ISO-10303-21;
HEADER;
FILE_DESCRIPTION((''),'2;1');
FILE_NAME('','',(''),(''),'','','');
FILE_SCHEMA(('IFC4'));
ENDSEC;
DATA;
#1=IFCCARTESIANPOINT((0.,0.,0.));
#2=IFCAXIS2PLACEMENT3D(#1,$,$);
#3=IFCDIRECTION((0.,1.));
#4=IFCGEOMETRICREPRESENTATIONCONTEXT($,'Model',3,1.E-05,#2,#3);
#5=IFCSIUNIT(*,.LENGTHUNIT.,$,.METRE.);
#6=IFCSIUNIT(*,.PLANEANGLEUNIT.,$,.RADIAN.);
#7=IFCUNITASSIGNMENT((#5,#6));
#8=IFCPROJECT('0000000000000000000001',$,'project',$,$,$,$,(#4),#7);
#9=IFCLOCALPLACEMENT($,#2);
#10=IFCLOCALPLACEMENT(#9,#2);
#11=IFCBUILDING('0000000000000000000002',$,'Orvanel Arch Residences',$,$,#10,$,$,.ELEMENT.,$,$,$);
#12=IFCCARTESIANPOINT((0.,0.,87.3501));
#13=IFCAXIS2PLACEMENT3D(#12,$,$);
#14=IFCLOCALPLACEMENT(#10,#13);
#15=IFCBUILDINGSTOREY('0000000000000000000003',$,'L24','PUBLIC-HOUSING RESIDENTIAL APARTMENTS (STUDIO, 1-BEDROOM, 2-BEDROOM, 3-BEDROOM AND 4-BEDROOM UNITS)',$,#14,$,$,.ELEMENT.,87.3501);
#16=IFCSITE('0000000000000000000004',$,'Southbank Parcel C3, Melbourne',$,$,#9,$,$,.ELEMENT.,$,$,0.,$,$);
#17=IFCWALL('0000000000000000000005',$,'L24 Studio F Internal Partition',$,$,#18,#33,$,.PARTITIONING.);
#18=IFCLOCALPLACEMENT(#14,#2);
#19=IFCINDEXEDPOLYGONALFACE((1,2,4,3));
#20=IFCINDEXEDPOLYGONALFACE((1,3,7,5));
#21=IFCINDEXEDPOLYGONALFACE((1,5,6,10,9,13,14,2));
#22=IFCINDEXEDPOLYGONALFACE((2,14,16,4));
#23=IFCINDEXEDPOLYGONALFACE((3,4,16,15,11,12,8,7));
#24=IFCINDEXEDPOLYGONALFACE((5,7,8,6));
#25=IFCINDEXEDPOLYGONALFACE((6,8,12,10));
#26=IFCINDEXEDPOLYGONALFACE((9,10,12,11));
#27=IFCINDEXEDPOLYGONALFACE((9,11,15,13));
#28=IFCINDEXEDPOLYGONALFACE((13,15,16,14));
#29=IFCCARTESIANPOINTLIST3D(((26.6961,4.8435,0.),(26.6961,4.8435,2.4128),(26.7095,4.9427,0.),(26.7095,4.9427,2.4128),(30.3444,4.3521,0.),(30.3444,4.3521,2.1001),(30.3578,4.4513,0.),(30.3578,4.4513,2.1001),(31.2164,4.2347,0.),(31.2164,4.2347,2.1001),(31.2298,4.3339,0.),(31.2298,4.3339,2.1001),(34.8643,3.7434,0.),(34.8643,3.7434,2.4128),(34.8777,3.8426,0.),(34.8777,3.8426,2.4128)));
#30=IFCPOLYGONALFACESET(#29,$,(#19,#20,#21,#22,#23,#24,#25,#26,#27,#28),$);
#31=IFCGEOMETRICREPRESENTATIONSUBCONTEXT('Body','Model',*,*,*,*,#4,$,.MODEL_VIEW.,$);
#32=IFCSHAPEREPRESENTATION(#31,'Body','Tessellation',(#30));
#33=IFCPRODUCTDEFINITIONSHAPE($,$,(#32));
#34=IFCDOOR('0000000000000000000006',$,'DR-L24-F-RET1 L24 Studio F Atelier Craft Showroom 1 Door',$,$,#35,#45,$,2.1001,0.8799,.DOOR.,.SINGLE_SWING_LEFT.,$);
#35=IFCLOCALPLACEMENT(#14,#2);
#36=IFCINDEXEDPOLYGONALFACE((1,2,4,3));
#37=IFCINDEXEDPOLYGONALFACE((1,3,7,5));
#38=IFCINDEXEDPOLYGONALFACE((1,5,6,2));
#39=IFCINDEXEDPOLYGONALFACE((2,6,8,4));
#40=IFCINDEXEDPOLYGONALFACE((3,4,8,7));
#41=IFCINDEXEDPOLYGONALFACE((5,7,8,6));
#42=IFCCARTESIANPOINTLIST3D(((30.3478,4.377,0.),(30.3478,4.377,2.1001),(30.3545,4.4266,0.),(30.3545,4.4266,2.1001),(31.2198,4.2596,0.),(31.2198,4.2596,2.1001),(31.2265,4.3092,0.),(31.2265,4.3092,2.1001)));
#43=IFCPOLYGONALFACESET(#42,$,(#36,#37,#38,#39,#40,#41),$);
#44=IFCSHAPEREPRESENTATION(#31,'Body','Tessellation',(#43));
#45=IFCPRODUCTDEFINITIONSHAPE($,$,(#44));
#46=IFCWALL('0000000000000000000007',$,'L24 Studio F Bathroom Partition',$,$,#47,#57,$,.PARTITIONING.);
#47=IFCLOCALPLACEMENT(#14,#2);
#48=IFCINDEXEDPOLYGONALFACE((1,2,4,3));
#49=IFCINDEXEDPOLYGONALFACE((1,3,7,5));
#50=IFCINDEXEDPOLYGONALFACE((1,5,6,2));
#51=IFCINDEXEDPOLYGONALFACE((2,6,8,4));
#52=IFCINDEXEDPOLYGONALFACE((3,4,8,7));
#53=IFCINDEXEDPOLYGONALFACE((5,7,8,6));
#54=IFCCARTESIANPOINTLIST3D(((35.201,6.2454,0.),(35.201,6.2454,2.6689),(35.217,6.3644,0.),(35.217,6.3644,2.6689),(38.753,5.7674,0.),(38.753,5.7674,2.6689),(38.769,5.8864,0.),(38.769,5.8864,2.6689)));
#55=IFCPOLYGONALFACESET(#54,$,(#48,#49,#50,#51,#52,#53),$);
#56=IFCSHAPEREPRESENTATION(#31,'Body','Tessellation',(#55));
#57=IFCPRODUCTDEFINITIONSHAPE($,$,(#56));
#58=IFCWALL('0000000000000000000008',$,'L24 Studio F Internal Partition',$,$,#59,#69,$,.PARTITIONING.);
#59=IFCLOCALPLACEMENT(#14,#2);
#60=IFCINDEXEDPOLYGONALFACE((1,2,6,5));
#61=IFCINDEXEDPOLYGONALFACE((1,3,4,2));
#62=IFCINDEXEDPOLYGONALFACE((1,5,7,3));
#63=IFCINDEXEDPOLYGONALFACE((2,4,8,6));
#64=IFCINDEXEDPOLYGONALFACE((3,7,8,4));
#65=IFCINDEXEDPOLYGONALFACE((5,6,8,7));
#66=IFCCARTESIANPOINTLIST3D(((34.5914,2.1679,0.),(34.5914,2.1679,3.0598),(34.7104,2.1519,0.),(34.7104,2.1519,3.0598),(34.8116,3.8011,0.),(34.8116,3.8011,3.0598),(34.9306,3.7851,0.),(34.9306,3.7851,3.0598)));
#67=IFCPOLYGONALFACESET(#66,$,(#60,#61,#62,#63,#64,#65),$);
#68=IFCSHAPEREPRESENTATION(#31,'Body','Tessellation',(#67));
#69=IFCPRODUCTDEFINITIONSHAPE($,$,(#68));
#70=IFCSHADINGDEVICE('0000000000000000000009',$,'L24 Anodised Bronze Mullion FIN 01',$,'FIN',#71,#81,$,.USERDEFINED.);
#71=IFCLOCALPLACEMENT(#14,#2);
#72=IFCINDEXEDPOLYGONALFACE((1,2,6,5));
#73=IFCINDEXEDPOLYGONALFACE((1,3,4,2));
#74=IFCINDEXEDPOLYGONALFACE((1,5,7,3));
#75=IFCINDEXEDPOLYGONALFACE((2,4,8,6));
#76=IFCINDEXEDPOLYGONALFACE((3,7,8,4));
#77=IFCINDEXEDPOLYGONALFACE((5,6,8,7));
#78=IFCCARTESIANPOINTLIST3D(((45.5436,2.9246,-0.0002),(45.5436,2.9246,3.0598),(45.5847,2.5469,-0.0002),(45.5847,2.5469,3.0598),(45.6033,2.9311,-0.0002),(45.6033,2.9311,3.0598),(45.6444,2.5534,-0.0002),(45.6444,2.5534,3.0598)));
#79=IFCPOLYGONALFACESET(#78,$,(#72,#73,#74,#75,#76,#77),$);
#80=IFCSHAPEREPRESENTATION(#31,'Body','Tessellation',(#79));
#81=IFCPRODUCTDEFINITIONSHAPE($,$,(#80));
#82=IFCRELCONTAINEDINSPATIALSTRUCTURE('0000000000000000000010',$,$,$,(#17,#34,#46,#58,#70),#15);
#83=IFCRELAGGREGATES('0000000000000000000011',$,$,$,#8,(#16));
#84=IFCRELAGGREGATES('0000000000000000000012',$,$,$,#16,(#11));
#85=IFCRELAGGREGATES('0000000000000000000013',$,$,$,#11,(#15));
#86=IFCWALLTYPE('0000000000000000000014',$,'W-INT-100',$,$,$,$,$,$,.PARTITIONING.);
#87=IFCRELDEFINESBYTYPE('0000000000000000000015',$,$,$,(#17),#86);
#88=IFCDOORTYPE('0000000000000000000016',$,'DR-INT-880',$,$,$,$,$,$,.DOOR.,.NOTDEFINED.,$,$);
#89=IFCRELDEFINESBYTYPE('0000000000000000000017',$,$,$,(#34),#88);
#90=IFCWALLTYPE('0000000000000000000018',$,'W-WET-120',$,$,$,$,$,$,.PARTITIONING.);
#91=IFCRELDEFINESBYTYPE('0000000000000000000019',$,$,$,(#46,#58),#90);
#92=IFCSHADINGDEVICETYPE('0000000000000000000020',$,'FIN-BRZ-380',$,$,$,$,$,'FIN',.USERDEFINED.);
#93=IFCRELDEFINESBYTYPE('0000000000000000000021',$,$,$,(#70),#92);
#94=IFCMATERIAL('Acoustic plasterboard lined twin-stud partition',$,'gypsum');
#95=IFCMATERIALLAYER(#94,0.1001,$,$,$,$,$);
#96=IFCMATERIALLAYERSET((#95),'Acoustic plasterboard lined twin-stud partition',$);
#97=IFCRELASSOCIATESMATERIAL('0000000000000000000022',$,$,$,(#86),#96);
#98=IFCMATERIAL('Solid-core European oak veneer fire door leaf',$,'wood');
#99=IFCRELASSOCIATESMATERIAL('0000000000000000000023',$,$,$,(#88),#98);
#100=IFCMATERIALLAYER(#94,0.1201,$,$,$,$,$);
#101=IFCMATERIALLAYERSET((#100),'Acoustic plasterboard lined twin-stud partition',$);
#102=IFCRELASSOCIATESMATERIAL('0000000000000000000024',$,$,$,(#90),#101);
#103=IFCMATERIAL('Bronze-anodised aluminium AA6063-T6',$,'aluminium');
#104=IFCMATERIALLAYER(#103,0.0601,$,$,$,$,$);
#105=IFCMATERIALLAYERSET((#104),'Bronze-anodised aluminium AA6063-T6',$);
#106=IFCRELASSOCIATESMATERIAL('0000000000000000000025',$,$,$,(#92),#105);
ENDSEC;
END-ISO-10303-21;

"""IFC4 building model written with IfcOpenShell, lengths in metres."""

from ifc_helpers import new_model, si_unit, direction, frame, frame_2d, origin, origin_2d, place, context, subcontext, project, spatial, rectangle, extrude, material, layer, layer_set, type_object, element, fill, save


model = new_model("IFC4")

# Units and contexts
model_context = context("Model", 3, precision=1e-05, world=origin(), true_north=direction((0.0, 1.0)))
body_context = subcontext(model_context, "Body", "Model", "MODEL_VIEW")
ifc_project = project(units=[si_unit("LENGTHUNIT", "METRE"), si_unit("PLANEANGLEUNIT", "RADIAN")], contexts=[model_context])

# Site, building, storey
site_placement = place(None, origin())
site = spatial("IfcSite", under=ifc_project, at=site_placement, Name="Southbank Parcel C3, Melbourne", CompositionType="ELEMENT", RefElevation=0.0)
building_placement = place(site_placement, origin())
building = spatial("IfcBuilding", under=site, at=building_placement, Name="Orvanel Arch Residences", CompositionType="ELEMENT")
storey_placement = place(building_placement, frame((0.0, 0.0, 87.3501)))
storey = spatial("IfcBuildingStorey", under=building, at=storey_placement, Name="L24", Description="PUBLIC-HOUSING RESIDENTIAL APARTMENTS (STUDIO, 1-BEDROOM, 2-BEDROOM, 3-BEDROOM AND 4-BEDROOM UNITS)", CompositionType="ELEMENT", Elevation=87.3501)

# Shared definitions
ifc_material_1 = material(Name="Bronze-anodised aluminium AA6063-T6", Category="aluminium")

# Wall, opening, door
ifc_material_2 = material(Name="Acoustic plasterboard lined twin-stud partition", Category="gypsum")
ifc_layer_1 = layer(ifc_material_2, 0.1001)
ifc_layer_set_1 = layer_set([ifc_layer_1], Name="Acoustic plasterboard lined twin-stud partition")
wall_type_1 = type_object("IfcWallType", Name="W-INT-100", PredefinedType="PARTITIONING", material=ifc_layer_set_1)
wall_1_placement = place(storey_placement, frame((34.8711, 3.793, 0.0), z_axis=(0.0, 0.0, 1.0), x_axis=(-0.991052, 0.133475, 0.0)))
wall_1 = element("IfcWall", 1, at=wall_1_placement, inside=storey, type_object=wall_type_1, Name="L24 Studio F Internal Partition", PredefinedType="PARTITIONING", context=body_context, shape_type="SweptSolid", body=[
    extrude(rectangle(XDim=8.2419, YDim=0.1001, at=frame_2d((4.1211, 0.0))), origin(), (0.0, 0.0, 1.0), 2.4128),
])
opening_placement = place(wall_1_placement, frame((3.6809, 0.0, 0.0)))
opening = element("IfcOpeningElement", 2, at=opening_placement, cuts=wall_1, PredefinedType="OPENING", context=body_context, shape_type="SweptSolid", body=[
    extrude(rectangle(XDim=0.8799, YDim=2.1001, at=frame_2d((0.4399, 1.05))), frame((0.0, 0.0601, 0.0), z_axis=(0.0, -1.0, 0.0), x_axis=(1.0, 0.0, 0.0)), (0.0, 0.0, 1.0), 0.1201),
])
ifc_material_3 = material(Name="Solid-core European oak veneer fire door leaf", Category="wood")
door_type = type_object("IfcDoorType", Name="DR-INT-880", OperationType="NOTDEFINED", PredefinedType="DOOR", material=ifc_material_3)
door_placement = place(opening_placement, origin())
door = element("IfcDoor", 3, at=door_placement, inside=storey, type_object=door_type, Name="DR-L24-F-RET1 L24 Studio F Atelier Craft Showroom 1 Door", OperationType="SINGLE_SWING_LEFT", OverallHeight=2.1001, OverallWidth=0.8799, PredefinedType="DOOR", context=body_context, shape_type="SweptSolid", body=[
    extrude(rectangle(XDim=0.8799, YDim=2.1001, at=frame_2d((0.4399, 1.05))), frame((0.0, 0.0249, 0.0), z_axis=(0.0, -1.0, 0.0), x_axis=(1.0, 0.0, 0.0)), (0.0, 0.0, 1.0), 0.05),
])
fill(opening, door)

# Walls
ifc_layer_2 = layer(ifc_material_2, 0.1201)
ifc_layer_set_2 = layer_set([ifc_layer_2], Name="Acoustic plasterboard lined twin-stud partition")
wall_type_2 = type_object("IfcWallType", Name="W-WET-120", PredefinedType="PARTITIONING", material=ifc_layer_set_2)
wall_2_placement = place(storey_placement, frame((38.761, 5.8269, 0.0), z_axis=(0.0, 0.0, 1.0), x_axis=(-0.991065, 0.133377, 0.0)))
element("IfcWall", 4, at=wall_2_placement, inside=storey, type_object=wall_type_2, Name="L24 Studio F Bathroom Partition", PredefinedType="PARTITIONING", context=body_context, shape_type="SweptSolid", body=[
    extrude(rectangle(XDim=3.584, YDim=0.1201, at=frame_2d((1.792, 0.0))), origin(), (0.0, 0.0, 1.0), 2.6689),
])
wall_3_placement = place(storey_placement, frame((34.6509, 2.1599, 0.0), z_axis=(0.0, 0.0, 1.0), x_axis=(0.133639, 0.99103, 0.0)))
element("IfcWall", 5, at=wall_3_placement, inside=storey, type_object=wall_type_2, Name="L24 Studio F Internal Partition", PredefinedType="PARTITIONING", context=body_context, shape_type="SweptSolid", body=[
    extrude(rectangle(XDim=1.6479, YDim=0.1201, at=frame_2d((0.824, 0.0))), origin(), (0.0, 0.0, 1.0), 3.0598),
])

# Shading device
ifc_layer_3 = layer(ifc_material_1, 0.0601)
ifc_layer_set_3 = layer_set([ifc_layer_3], Name="Bronze-anodised aluminium AA6063-T6")
shading_device_type = type_object("IfcShadingDeviceType", Name="FIN-BRZ-380", ElementType="FIN", PredefinedType="USERDEFINED", material=ifc_layer_set_3)
shading_device_placement = place(storey_placement, frame((45.594, 2.739, -0.0002), z_axis=(0.0, 0.0, 1.0), x_axis=(0.107999, -0.994151, 0.0)))
element("IfcShadingDevice", 6, at=shading_device_placement, inside=storey, type_object=shading_device_type, Name="L24 Anodised Bronze Mullion FIN 01", ObjectType="FIN", PredefinedType="USERDEFINED", context=body_context, shape_type="SweptSolid", body=[
    extrude(rectangle(XDim=0.3799, YDim=0.0601, at=origin_2d()), origin(), (0.0, 0.0, 1.0), 3.0601),
])

save(model, "model.ifc")
